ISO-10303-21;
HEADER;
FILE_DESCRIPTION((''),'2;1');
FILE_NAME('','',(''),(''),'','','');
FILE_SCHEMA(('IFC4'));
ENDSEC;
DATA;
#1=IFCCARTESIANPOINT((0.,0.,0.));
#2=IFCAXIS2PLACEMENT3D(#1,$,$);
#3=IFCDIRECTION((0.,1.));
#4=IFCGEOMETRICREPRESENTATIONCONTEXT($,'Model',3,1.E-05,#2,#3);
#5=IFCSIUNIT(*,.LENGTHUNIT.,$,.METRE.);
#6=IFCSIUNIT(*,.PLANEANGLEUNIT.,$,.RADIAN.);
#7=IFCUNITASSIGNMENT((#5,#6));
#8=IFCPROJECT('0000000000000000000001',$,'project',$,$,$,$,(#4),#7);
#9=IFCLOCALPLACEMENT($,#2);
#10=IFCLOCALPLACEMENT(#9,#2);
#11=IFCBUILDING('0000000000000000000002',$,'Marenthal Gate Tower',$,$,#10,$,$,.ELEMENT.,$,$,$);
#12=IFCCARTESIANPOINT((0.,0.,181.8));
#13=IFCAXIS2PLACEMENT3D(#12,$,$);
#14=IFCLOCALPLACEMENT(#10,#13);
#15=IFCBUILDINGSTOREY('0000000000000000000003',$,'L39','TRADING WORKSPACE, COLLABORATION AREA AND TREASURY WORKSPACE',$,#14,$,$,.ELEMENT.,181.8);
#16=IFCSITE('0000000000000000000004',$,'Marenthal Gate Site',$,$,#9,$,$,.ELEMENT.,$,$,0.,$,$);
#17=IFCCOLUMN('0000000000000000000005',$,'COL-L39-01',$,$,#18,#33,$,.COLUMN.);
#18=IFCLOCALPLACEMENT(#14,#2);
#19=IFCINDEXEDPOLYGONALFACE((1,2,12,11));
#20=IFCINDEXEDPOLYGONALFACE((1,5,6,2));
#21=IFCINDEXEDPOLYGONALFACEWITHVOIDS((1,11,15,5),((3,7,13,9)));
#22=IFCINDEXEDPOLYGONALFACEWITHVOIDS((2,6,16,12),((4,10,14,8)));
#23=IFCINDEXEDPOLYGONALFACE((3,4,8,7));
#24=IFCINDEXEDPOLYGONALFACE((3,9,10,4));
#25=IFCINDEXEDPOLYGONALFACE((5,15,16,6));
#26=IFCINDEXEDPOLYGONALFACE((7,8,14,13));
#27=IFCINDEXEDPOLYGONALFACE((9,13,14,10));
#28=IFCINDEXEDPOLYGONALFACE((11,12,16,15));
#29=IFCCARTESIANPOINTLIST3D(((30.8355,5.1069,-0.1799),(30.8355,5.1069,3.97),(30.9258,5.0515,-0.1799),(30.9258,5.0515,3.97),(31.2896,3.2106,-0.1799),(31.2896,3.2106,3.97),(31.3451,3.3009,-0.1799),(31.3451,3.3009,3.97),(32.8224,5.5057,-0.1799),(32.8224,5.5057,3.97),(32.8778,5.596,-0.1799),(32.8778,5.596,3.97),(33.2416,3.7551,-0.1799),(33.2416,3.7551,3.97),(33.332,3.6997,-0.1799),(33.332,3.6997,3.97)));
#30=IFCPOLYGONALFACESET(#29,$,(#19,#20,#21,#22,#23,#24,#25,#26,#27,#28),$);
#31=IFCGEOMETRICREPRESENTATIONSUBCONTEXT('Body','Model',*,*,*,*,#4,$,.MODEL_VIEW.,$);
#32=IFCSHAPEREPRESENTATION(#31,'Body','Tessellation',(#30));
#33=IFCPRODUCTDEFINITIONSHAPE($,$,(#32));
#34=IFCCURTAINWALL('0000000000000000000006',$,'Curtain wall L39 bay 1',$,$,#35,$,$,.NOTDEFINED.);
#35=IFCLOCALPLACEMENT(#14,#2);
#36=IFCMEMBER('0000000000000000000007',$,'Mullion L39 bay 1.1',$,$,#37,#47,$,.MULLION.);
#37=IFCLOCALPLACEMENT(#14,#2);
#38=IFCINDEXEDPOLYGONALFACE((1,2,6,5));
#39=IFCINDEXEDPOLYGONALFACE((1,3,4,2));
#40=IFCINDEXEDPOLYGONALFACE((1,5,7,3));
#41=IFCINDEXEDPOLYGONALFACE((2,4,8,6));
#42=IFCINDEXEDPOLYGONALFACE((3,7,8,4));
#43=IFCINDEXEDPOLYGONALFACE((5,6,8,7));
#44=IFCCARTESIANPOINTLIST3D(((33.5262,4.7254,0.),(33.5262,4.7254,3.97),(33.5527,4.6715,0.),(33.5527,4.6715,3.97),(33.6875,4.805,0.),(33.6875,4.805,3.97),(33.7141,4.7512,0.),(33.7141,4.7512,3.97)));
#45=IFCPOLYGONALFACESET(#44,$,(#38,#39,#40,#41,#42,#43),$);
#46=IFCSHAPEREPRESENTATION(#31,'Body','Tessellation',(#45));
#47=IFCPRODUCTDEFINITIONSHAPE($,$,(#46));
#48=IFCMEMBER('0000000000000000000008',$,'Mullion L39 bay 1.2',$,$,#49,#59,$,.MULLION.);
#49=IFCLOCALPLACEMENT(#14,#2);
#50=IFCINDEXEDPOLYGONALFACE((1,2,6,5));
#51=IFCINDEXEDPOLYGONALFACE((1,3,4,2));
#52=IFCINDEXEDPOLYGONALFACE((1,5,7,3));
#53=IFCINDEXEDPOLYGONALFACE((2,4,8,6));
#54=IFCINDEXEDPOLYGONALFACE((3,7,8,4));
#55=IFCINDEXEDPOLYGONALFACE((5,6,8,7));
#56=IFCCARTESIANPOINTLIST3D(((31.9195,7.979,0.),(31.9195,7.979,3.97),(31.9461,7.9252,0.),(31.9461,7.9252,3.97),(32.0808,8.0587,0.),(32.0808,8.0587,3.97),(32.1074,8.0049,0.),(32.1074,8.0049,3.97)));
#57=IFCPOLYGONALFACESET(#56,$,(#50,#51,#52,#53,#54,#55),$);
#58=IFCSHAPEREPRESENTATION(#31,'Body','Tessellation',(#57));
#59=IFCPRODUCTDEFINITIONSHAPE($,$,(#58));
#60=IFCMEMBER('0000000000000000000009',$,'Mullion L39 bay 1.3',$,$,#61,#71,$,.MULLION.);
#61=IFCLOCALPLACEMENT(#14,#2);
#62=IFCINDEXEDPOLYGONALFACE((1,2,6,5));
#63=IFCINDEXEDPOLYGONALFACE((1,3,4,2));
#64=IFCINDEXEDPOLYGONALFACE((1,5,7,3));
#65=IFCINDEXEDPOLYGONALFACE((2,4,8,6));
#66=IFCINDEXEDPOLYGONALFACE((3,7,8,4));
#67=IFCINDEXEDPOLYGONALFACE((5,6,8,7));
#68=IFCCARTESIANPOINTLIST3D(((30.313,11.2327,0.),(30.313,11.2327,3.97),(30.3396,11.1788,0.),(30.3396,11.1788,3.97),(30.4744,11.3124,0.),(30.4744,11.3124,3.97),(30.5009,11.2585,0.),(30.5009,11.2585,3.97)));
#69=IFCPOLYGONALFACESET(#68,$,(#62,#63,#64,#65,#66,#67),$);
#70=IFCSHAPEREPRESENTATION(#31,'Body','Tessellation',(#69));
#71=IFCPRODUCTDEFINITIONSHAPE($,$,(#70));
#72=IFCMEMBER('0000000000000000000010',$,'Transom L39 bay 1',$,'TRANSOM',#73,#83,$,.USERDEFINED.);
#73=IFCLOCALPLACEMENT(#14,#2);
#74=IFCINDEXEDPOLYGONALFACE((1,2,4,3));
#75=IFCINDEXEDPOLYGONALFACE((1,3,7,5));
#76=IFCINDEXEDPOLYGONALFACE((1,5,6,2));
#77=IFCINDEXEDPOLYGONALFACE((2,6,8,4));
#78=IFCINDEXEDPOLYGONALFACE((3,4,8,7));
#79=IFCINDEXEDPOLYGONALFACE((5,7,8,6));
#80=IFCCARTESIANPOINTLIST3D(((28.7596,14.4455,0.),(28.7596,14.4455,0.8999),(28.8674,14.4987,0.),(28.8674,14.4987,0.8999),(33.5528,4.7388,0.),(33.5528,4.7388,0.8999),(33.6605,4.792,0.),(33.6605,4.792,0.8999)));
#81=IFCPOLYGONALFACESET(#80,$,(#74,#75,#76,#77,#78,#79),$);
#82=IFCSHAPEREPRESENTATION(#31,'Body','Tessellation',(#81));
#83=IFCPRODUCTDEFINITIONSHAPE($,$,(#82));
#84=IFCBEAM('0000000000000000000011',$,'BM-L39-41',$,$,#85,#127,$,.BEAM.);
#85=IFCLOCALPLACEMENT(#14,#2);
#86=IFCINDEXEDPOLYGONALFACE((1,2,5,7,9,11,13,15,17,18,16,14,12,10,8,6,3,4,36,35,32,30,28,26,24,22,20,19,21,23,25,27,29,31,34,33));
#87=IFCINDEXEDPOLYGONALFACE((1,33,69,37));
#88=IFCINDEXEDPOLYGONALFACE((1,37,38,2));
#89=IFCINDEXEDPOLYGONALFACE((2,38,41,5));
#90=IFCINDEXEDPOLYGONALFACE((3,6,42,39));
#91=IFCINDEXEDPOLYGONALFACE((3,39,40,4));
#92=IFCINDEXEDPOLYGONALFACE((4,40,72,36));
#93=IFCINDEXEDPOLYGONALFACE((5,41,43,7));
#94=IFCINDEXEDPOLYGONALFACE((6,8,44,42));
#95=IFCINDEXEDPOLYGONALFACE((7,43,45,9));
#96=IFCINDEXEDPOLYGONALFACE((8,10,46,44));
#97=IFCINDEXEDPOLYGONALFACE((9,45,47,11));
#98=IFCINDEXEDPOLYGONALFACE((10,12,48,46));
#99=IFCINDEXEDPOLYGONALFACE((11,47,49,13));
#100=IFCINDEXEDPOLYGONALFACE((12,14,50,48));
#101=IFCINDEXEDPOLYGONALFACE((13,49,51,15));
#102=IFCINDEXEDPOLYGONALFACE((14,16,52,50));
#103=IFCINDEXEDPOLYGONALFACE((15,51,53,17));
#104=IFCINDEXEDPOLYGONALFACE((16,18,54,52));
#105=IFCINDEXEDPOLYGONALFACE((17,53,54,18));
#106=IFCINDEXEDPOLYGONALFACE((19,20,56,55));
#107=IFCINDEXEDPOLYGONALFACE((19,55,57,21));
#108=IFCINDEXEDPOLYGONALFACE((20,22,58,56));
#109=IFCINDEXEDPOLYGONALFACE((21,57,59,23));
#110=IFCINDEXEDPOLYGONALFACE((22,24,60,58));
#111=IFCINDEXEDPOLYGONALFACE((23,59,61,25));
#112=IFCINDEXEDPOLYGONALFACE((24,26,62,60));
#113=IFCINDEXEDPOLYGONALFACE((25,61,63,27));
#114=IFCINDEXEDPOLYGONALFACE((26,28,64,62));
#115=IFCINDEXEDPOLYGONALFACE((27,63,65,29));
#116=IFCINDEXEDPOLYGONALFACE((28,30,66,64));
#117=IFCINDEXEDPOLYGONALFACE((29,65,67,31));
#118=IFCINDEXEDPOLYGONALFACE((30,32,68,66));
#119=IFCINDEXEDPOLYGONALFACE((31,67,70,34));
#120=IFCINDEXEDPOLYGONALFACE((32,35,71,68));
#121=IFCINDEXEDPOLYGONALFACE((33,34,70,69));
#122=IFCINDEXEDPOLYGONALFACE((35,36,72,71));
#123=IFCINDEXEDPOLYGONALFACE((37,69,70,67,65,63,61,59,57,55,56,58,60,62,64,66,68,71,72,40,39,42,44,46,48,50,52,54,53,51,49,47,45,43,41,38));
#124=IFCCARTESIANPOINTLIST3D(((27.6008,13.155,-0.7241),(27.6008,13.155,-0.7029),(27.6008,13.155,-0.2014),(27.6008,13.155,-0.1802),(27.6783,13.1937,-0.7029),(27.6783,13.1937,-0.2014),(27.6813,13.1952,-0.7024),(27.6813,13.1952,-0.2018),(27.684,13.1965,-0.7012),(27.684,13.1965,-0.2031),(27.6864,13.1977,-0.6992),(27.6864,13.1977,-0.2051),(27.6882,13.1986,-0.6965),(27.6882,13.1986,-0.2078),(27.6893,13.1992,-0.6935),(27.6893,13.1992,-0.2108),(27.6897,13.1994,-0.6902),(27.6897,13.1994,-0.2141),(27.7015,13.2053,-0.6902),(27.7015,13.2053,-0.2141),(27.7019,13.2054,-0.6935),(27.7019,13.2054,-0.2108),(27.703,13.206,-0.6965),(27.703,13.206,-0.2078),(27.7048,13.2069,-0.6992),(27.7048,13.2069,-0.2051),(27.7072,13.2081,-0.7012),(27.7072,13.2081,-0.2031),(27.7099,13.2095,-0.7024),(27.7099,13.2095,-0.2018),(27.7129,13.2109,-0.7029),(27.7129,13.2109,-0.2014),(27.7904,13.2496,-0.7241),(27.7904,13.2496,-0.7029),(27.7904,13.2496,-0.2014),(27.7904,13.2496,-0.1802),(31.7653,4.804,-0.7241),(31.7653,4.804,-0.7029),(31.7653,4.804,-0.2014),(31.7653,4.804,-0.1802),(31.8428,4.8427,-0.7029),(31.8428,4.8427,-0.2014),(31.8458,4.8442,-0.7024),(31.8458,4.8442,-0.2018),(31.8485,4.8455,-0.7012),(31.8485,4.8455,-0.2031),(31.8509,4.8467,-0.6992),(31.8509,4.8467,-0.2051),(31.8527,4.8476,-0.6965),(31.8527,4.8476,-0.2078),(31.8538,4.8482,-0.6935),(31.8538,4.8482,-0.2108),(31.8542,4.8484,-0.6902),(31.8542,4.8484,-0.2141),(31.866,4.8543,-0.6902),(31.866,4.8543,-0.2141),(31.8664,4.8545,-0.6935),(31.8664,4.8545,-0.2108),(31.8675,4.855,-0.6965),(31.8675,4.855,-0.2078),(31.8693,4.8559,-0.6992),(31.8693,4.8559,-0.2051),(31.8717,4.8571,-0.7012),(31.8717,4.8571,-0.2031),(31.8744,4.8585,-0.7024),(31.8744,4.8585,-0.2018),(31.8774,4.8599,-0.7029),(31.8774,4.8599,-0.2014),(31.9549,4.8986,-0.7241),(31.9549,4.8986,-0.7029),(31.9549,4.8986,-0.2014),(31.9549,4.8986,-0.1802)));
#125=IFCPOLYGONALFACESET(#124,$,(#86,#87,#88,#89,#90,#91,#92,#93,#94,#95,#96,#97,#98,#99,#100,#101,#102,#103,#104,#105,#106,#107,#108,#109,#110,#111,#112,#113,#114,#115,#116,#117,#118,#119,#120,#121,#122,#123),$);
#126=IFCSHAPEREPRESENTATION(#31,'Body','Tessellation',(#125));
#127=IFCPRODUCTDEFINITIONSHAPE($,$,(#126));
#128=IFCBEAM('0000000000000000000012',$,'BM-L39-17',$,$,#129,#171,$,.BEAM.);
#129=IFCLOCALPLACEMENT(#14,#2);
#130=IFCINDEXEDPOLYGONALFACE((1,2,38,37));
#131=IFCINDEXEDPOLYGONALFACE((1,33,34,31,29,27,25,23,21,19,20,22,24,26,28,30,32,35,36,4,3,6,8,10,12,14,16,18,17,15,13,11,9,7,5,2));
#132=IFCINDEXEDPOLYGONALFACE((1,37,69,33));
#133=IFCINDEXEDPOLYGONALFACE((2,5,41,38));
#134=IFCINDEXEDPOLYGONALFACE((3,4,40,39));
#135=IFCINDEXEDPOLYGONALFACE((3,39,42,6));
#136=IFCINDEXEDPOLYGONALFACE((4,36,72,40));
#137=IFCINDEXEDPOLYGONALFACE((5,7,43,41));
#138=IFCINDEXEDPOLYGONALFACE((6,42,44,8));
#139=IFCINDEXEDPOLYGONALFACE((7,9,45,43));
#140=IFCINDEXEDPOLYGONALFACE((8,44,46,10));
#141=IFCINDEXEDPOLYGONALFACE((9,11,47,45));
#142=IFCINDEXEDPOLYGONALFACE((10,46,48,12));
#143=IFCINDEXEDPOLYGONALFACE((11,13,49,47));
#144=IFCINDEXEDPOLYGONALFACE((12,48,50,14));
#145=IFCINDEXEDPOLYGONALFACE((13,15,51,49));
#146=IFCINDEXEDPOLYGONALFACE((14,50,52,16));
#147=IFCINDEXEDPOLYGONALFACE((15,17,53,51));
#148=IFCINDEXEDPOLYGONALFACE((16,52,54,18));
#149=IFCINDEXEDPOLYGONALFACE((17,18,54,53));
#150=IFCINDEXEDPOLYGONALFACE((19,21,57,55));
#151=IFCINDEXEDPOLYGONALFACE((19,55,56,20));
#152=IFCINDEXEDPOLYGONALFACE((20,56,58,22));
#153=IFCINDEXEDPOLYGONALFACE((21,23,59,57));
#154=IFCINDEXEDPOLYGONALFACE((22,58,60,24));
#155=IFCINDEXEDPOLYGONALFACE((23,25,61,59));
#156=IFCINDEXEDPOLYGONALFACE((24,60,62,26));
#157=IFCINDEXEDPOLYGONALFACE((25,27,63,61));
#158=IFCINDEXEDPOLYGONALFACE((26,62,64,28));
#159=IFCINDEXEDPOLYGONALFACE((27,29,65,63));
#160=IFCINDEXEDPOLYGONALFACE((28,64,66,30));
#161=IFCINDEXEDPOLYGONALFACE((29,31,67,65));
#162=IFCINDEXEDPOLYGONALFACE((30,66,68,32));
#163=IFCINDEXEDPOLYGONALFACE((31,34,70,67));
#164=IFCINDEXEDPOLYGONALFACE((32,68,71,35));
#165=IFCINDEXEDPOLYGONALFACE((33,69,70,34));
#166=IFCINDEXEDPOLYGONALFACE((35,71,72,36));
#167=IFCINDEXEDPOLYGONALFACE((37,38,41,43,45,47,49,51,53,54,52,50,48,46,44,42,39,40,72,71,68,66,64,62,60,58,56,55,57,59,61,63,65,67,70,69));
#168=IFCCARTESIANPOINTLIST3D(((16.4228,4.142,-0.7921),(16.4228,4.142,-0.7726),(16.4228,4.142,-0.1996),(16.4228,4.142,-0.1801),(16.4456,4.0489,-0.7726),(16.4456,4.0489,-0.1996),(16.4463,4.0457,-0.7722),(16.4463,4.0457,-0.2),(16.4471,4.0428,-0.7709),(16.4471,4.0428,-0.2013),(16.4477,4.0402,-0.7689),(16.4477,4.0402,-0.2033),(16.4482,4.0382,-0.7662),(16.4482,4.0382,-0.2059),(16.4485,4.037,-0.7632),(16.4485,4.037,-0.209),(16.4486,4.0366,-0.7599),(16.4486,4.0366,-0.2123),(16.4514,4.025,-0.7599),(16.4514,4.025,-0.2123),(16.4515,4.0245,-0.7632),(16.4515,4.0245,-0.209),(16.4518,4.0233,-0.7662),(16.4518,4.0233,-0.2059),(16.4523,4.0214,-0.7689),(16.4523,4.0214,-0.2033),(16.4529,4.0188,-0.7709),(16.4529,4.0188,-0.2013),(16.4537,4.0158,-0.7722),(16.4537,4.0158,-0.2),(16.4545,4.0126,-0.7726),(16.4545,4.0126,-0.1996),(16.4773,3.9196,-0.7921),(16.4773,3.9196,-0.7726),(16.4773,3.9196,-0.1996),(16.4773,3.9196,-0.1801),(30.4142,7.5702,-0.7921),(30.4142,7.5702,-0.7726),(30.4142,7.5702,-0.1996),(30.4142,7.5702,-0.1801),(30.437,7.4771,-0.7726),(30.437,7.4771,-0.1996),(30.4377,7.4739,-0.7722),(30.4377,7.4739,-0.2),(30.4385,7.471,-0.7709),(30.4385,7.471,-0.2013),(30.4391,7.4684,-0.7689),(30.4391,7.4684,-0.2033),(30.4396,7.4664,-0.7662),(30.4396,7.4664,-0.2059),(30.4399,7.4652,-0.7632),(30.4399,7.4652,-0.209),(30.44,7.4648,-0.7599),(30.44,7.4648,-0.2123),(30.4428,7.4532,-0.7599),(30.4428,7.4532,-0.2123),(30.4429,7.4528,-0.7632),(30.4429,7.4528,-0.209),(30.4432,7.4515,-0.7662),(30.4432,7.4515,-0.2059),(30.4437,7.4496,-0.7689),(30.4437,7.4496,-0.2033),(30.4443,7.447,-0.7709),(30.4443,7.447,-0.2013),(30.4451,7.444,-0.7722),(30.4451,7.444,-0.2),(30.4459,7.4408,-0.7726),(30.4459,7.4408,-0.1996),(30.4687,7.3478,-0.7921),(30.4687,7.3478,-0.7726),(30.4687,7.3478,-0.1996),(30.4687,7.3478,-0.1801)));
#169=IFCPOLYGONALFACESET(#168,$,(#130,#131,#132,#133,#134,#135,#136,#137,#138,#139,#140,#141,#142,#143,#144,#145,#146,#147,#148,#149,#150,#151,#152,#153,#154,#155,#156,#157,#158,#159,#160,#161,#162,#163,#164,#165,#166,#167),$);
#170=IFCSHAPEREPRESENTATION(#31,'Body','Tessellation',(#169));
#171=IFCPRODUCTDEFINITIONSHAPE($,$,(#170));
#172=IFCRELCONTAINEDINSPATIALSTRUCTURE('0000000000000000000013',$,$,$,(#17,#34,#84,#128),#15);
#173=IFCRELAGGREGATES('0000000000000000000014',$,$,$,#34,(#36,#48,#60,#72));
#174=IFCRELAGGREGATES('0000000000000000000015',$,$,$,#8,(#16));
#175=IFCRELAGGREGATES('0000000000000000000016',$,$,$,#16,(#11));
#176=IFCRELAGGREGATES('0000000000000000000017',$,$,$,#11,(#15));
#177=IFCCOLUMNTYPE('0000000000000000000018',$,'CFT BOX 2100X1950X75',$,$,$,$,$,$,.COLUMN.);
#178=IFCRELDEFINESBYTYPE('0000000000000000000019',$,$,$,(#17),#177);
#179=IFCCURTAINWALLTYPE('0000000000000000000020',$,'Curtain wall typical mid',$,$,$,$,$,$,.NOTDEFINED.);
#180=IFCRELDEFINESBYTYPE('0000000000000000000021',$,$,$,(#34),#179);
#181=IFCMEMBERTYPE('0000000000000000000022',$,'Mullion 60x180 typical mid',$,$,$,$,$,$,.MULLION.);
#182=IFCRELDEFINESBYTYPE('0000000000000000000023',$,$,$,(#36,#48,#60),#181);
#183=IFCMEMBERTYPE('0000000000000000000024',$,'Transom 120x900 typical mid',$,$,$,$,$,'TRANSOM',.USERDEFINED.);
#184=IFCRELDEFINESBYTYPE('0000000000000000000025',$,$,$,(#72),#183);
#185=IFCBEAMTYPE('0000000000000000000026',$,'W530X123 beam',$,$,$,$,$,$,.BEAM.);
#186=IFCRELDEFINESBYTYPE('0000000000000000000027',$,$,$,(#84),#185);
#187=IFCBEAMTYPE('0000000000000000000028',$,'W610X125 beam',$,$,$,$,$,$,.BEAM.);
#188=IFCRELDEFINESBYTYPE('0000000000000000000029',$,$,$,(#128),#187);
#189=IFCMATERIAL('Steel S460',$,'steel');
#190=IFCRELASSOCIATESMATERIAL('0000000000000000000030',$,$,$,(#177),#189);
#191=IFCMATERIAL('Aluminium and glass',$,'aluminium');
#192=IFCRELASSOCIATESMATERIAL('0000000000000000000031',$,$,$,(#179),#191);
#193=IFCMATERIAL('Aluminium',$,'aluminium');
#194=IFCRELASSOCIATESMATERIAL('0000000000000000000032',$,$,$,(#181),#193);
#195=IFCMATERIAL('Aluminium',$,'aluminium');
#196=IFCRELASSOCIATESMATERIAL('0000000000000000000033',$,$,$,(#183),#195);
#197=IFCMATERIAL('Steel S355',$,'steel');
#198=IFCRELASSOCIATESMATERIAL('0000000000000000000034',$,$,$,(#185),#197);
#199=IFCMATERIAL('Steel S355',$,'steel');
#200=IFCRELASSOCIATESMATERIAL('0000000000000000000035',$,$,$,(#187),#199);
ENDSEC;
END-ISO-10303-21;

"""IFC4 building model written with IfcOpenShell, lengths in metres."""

from ifc_helpers import new_model, si_unit, direction, frame, origin, origin_2d, place, context, subcontext, project, spatial, rectangle, hollow_rectangle, i_section, extrude, material, material_profile, profile_set, type_object, element, aggregate, save


model = new_model("IFC4")

# Units and contexts
model_context = context("Model", 3, precision=1e-05, world=origin(), true_north=direction((0.0, 1.0)))
body_context = subcontext(model_context, "Body", "Model", "MODEL_VIEW")
ifc_project = project(units=[si_unit("LENGTHUNIT", "METRE"), si_unit("PLANEANGLEUNIT", "RADIAN")], contexts=[model_context])

# Site, building, storey
site_placement = place(None, origin())
site = spatial("IfcSite", under=ifc_project, at=site_placement, Name="Marenthal Gate Site", CompositionType="ELEMENT", RefElevation=0.0)
building_placement = place(site_placement, origin())
building = spatial("IfcBuilding", under=site, at=building_placement, Name="Marenthal Gate Tower", CompositionType="ELEMENT")
storey_placement = place(building_placement, frame((0.0, 0.0, 181.8)))
storey = spatial("IfcBuildingStorey", under=building, at=storey_placement, Name="L39", Description="TRADING WORKSPACE, COLLABORATION AREA AND TREASURY WORKSPACE", CompositionType="ELEMENT", Elevation=181.8)

# Column
ifc_material_1 = material(Name="Steel S460", Category="steel")
ifc_material_profile_1 = material_profile(ifc_material_1, hollow_rectangle(XDim=1.95, YDim=2.1001, WallThickness=0.075, at=origin_2d()), Name="CFT BOX 2100X1950X75")
ifc_material_2 = material(Name="Concrete 70 MPa", Category="concrete")
ifc_material_profile_2 = material_profile(ifc_material_2, rectangle(XDim=1.8, YDim=1.95, at=origin_2d()), Name="CFT BOX 2100X1950X75 INFILL")
ifc_profile_set_1 = profile_set([ifc_material_profile_1, ifc_material_profile_2], Name="Steel S460 shell, Concrete 70 MPa infill")
column_type = type_object("IfcColumnType", Name="CFT BOX 2100X1950X75", PredefinedType="COLUMN", material=ifc_profile_set_1)
column_placement = place(storey_placement, frame((32.0837, 4.4033, -0.1799), z_axis=(0.0, 0.0, 1.0), x_axis=(0.232899, -0.972501, 0.0)))
element("IfcColumn", 1, at=column_placement, inside=storey, type_object=column_type, Name="COL-L39-01", PredefinedType="COLUMN", context=body_context, shape_type="SweptSolid", body=[
    extrude(hollow_rectangle(XDim=1.95, YDim=2.1001, WallThickness=0.075, at=origin_2d()), origin(), (0.0, 0.0, 1.0), 4.1499),
])

# Curtain wall, members
ifc_material_3 = material(Name="Aluminium and glass", Category="aluminium")
curtain_wall_type = type_object("IfcCurtainWallType", Name="Curtain wall typical mid", PredefinedType="NOTDEFINED", material=ifc_material_3)
curtain_wall_placement = place(storey_placement, origin())
curtain_wall = element("IfcCurtainWall", 2, at=curtain_wall_placement, inside=storey, type_object=curtain_wall_type, Name="Curtain wall L39 bay 1", PredefinedType="NOTDEFINED")
ifc_material_4 = material(Name="Aluminium", Category="aluminium")
ifc_material_profile_3 = material_profile(ifc_material_4, rectangle(XDim=0.1799, YDim=0.0601, at=origin_2d()), Name="60x180 aluminium mullion")
ifc_profile_set_2 = profile_set([ifc_material_profile_3], Name="Aluminium")
member_type_1 = type_object("IfcMemberType", Name="Mullion 60x180 typical mid", PredefinedType="MULLION", material=ifc_profile_set_2)
member_1_placement = place(storey_placement, frame((33.6201, 4.7383, 0.0), z_axis=(0.0, 0.0, 1.0), x_axis=(-0.896643, -0.442753, 0.0)))
member_1 = element("IfcMember", 3, at=member_1_placement, type_object=member_type_1, Name="Mullion L39 bay 1.1", PredefinedType="MULLION", context=body_context, shape_type="SweptSolid", body=[
    extrude(rectangle(XDim=0.1799, YDim=0.0601, at=origin_2d()), origin(), (0.0, 0.0, 1.0), 3.97),
])
member_2_placement = place(storey_placement, frame((32.0134, 7.9919, 0.0), z_axis=(0.0, 0.0, 1.0), x_axis=(-0.896643, -0.442753, 0.0)))
member_2 = element("IfcMember", 4, at=member_2_placement, type_object=member_type_1, Name="Mullion L39 bay 1.2", PredefinedType="MULLION", context=body_context, shape_type="SweptSolid", body=[
    extrude(rectangle(XDim=0.1799, YDim=0.0601, at=origin_2d()), origin(), (0.0, 0.0, 1.0), 3.97),
])
member_3_placement = place(storey_placement, frame((30.407, 11.2456, 0.0), z_axis=(0.0, 0.0, 1.0), x_axis=(-0.896643, -0.442753, 0.0)))
member_3 = element("IfcMember", 5, at=member_3_placement, type_object=member_type_1, Name="Mullion L39 bay 1.3", PredefinedType="MULLION", context=body_context, shape_type="SweptSolid", body=[
    extrude(rectangle(XDim=0.1799, YDim=0.0601, at=origin_2d()), origin(), (0.0, 0.0, 1.0), 3.97),
])
ifc_material_5 = material(Name="Aluminium", Category="aluminium")
ifc_material_profile_4 = material_profile(ifc_material_5, rectangle(XDim=0.1201, YDim=0.8999, at=origin_2d()), Name="120x900 aluminium transom")
ifc_profile_set_3 = profile_set([ifc_material_profile_4], Name="Aluminium")
member_type_2 = type_object("IfcMemberType", Name="Transom 120x900 typical mid", ElementType="TRANSOM", PredefinedType="USERDEFINED", material=ifc_profile_set_3)
member_4_placement = place(storey_placement, frame((33.6067, 4.7654, 0.45), z_axis=(-0.442761, 0.89664, 0.0), x_axis=(-0.89664, -0.442761, 0.0)))
member_4 = element("IfcMember", 6, at=member_4_placement, type_object=member_type_2, Name="Transom L39 bay 1", ObjectType="TRANSOM", PredefinedType="USERDEFINED", context=body_context, shape_type="SweptSolid", body=[
    extrude(rectangle(XDim=0.1201, YDim=0.8999, at=origin_2d()), origin(), (0.0, 0.0, 1.0), 10.8257),
])

# Beams
ifc_material_6 = material(Name="Steel S355", Category="steel")
ifc_material_profile_5 = material_profile(ifc_material_6, i_section(OverallWidth=0.2119, OverallDepth=0.5439, WebThickness=0.0132, FlangeThickness=0.0212, FilletRadius=0.0127, at=origin_2d()), Name="W530X123")
ifc_profile_set_4 = profile_set([ifc_material_profile_5], Name="Steel S355")
beam_type_1 = type_object("IfcBeamType", Name="W530X123 beam", PredefinedType="BEAM", material=ifc_profile_set_4)
beam_1_placement = place(storey_placement, frame((31.8601, 4.8513, -0.4521), z_axis=(-0.446272, 0.894898, 0.0), x_axis=(-0.894898, -0.446272, 0.0)))
element("IfcBeam", 7, at=beam_1_placement, inside=storey, type_object=beam_type_1, Name="BM-L39-41", PredefinedType="BEAM", context=body_context, shape_type="SweptSolid", body=[
    extrude(i_section(OverallWidth=0.2119, OverallDepth=0.5439, WebThickness=0.0132, FlangeThickness=0.0212, FilletRadius=0.0127, at=origin_2d()), origin(), (0.0, 0.0, 1.0), 9.3318),
])
ifc_material_7 = material(Name="Steel S355", Category="steel")
ifc_material_profile_6 = material_profile(ifc_material_7, i_section(OverallWidth=0.229, OverallDepth=0.6121, WebThickness=0.012, FlangeThickness=0.0195, FilletRadius=0.0127, at=origin_2d()), Name="W610X125")
ifc_profile_set_5 = profile_set([ifc_material_profile_6], Name="Steel S355")
beam_type_2 = type_object("IfcBeamType", Name="W610X125 beam", PredefinedType="BEAM", material=ifc_profile_set_5)
beam_2_placement = place(storey_placement, frame((30.4414, 7.459, -0.4861), z_axis=(-0.971269, -0.237983, 0.0), x_axis=(0.237983, -0.971269, 0.0)))
element("IfcBeam", 8, at=beam_2_placement, inside=storey, type_object=beam_type_2, Name="BM-L39-17", PredefinedType="BEAM", context=body_context, shape_type="SweptSolid", body=[
    extrude(i_section(OverallWidth=0.229, OverallDepth=0.6121, WebThickness=0.012, FlangeThickness=0.0195, FilletRadius=0.0127, at=origin_2d()), origin(), (0.0, 0.0, 1.0), 14.4053),
])

aggregate(curtain_wall, [member_1, member_2, member_3, member_4])

save(model, "model.ifc")
